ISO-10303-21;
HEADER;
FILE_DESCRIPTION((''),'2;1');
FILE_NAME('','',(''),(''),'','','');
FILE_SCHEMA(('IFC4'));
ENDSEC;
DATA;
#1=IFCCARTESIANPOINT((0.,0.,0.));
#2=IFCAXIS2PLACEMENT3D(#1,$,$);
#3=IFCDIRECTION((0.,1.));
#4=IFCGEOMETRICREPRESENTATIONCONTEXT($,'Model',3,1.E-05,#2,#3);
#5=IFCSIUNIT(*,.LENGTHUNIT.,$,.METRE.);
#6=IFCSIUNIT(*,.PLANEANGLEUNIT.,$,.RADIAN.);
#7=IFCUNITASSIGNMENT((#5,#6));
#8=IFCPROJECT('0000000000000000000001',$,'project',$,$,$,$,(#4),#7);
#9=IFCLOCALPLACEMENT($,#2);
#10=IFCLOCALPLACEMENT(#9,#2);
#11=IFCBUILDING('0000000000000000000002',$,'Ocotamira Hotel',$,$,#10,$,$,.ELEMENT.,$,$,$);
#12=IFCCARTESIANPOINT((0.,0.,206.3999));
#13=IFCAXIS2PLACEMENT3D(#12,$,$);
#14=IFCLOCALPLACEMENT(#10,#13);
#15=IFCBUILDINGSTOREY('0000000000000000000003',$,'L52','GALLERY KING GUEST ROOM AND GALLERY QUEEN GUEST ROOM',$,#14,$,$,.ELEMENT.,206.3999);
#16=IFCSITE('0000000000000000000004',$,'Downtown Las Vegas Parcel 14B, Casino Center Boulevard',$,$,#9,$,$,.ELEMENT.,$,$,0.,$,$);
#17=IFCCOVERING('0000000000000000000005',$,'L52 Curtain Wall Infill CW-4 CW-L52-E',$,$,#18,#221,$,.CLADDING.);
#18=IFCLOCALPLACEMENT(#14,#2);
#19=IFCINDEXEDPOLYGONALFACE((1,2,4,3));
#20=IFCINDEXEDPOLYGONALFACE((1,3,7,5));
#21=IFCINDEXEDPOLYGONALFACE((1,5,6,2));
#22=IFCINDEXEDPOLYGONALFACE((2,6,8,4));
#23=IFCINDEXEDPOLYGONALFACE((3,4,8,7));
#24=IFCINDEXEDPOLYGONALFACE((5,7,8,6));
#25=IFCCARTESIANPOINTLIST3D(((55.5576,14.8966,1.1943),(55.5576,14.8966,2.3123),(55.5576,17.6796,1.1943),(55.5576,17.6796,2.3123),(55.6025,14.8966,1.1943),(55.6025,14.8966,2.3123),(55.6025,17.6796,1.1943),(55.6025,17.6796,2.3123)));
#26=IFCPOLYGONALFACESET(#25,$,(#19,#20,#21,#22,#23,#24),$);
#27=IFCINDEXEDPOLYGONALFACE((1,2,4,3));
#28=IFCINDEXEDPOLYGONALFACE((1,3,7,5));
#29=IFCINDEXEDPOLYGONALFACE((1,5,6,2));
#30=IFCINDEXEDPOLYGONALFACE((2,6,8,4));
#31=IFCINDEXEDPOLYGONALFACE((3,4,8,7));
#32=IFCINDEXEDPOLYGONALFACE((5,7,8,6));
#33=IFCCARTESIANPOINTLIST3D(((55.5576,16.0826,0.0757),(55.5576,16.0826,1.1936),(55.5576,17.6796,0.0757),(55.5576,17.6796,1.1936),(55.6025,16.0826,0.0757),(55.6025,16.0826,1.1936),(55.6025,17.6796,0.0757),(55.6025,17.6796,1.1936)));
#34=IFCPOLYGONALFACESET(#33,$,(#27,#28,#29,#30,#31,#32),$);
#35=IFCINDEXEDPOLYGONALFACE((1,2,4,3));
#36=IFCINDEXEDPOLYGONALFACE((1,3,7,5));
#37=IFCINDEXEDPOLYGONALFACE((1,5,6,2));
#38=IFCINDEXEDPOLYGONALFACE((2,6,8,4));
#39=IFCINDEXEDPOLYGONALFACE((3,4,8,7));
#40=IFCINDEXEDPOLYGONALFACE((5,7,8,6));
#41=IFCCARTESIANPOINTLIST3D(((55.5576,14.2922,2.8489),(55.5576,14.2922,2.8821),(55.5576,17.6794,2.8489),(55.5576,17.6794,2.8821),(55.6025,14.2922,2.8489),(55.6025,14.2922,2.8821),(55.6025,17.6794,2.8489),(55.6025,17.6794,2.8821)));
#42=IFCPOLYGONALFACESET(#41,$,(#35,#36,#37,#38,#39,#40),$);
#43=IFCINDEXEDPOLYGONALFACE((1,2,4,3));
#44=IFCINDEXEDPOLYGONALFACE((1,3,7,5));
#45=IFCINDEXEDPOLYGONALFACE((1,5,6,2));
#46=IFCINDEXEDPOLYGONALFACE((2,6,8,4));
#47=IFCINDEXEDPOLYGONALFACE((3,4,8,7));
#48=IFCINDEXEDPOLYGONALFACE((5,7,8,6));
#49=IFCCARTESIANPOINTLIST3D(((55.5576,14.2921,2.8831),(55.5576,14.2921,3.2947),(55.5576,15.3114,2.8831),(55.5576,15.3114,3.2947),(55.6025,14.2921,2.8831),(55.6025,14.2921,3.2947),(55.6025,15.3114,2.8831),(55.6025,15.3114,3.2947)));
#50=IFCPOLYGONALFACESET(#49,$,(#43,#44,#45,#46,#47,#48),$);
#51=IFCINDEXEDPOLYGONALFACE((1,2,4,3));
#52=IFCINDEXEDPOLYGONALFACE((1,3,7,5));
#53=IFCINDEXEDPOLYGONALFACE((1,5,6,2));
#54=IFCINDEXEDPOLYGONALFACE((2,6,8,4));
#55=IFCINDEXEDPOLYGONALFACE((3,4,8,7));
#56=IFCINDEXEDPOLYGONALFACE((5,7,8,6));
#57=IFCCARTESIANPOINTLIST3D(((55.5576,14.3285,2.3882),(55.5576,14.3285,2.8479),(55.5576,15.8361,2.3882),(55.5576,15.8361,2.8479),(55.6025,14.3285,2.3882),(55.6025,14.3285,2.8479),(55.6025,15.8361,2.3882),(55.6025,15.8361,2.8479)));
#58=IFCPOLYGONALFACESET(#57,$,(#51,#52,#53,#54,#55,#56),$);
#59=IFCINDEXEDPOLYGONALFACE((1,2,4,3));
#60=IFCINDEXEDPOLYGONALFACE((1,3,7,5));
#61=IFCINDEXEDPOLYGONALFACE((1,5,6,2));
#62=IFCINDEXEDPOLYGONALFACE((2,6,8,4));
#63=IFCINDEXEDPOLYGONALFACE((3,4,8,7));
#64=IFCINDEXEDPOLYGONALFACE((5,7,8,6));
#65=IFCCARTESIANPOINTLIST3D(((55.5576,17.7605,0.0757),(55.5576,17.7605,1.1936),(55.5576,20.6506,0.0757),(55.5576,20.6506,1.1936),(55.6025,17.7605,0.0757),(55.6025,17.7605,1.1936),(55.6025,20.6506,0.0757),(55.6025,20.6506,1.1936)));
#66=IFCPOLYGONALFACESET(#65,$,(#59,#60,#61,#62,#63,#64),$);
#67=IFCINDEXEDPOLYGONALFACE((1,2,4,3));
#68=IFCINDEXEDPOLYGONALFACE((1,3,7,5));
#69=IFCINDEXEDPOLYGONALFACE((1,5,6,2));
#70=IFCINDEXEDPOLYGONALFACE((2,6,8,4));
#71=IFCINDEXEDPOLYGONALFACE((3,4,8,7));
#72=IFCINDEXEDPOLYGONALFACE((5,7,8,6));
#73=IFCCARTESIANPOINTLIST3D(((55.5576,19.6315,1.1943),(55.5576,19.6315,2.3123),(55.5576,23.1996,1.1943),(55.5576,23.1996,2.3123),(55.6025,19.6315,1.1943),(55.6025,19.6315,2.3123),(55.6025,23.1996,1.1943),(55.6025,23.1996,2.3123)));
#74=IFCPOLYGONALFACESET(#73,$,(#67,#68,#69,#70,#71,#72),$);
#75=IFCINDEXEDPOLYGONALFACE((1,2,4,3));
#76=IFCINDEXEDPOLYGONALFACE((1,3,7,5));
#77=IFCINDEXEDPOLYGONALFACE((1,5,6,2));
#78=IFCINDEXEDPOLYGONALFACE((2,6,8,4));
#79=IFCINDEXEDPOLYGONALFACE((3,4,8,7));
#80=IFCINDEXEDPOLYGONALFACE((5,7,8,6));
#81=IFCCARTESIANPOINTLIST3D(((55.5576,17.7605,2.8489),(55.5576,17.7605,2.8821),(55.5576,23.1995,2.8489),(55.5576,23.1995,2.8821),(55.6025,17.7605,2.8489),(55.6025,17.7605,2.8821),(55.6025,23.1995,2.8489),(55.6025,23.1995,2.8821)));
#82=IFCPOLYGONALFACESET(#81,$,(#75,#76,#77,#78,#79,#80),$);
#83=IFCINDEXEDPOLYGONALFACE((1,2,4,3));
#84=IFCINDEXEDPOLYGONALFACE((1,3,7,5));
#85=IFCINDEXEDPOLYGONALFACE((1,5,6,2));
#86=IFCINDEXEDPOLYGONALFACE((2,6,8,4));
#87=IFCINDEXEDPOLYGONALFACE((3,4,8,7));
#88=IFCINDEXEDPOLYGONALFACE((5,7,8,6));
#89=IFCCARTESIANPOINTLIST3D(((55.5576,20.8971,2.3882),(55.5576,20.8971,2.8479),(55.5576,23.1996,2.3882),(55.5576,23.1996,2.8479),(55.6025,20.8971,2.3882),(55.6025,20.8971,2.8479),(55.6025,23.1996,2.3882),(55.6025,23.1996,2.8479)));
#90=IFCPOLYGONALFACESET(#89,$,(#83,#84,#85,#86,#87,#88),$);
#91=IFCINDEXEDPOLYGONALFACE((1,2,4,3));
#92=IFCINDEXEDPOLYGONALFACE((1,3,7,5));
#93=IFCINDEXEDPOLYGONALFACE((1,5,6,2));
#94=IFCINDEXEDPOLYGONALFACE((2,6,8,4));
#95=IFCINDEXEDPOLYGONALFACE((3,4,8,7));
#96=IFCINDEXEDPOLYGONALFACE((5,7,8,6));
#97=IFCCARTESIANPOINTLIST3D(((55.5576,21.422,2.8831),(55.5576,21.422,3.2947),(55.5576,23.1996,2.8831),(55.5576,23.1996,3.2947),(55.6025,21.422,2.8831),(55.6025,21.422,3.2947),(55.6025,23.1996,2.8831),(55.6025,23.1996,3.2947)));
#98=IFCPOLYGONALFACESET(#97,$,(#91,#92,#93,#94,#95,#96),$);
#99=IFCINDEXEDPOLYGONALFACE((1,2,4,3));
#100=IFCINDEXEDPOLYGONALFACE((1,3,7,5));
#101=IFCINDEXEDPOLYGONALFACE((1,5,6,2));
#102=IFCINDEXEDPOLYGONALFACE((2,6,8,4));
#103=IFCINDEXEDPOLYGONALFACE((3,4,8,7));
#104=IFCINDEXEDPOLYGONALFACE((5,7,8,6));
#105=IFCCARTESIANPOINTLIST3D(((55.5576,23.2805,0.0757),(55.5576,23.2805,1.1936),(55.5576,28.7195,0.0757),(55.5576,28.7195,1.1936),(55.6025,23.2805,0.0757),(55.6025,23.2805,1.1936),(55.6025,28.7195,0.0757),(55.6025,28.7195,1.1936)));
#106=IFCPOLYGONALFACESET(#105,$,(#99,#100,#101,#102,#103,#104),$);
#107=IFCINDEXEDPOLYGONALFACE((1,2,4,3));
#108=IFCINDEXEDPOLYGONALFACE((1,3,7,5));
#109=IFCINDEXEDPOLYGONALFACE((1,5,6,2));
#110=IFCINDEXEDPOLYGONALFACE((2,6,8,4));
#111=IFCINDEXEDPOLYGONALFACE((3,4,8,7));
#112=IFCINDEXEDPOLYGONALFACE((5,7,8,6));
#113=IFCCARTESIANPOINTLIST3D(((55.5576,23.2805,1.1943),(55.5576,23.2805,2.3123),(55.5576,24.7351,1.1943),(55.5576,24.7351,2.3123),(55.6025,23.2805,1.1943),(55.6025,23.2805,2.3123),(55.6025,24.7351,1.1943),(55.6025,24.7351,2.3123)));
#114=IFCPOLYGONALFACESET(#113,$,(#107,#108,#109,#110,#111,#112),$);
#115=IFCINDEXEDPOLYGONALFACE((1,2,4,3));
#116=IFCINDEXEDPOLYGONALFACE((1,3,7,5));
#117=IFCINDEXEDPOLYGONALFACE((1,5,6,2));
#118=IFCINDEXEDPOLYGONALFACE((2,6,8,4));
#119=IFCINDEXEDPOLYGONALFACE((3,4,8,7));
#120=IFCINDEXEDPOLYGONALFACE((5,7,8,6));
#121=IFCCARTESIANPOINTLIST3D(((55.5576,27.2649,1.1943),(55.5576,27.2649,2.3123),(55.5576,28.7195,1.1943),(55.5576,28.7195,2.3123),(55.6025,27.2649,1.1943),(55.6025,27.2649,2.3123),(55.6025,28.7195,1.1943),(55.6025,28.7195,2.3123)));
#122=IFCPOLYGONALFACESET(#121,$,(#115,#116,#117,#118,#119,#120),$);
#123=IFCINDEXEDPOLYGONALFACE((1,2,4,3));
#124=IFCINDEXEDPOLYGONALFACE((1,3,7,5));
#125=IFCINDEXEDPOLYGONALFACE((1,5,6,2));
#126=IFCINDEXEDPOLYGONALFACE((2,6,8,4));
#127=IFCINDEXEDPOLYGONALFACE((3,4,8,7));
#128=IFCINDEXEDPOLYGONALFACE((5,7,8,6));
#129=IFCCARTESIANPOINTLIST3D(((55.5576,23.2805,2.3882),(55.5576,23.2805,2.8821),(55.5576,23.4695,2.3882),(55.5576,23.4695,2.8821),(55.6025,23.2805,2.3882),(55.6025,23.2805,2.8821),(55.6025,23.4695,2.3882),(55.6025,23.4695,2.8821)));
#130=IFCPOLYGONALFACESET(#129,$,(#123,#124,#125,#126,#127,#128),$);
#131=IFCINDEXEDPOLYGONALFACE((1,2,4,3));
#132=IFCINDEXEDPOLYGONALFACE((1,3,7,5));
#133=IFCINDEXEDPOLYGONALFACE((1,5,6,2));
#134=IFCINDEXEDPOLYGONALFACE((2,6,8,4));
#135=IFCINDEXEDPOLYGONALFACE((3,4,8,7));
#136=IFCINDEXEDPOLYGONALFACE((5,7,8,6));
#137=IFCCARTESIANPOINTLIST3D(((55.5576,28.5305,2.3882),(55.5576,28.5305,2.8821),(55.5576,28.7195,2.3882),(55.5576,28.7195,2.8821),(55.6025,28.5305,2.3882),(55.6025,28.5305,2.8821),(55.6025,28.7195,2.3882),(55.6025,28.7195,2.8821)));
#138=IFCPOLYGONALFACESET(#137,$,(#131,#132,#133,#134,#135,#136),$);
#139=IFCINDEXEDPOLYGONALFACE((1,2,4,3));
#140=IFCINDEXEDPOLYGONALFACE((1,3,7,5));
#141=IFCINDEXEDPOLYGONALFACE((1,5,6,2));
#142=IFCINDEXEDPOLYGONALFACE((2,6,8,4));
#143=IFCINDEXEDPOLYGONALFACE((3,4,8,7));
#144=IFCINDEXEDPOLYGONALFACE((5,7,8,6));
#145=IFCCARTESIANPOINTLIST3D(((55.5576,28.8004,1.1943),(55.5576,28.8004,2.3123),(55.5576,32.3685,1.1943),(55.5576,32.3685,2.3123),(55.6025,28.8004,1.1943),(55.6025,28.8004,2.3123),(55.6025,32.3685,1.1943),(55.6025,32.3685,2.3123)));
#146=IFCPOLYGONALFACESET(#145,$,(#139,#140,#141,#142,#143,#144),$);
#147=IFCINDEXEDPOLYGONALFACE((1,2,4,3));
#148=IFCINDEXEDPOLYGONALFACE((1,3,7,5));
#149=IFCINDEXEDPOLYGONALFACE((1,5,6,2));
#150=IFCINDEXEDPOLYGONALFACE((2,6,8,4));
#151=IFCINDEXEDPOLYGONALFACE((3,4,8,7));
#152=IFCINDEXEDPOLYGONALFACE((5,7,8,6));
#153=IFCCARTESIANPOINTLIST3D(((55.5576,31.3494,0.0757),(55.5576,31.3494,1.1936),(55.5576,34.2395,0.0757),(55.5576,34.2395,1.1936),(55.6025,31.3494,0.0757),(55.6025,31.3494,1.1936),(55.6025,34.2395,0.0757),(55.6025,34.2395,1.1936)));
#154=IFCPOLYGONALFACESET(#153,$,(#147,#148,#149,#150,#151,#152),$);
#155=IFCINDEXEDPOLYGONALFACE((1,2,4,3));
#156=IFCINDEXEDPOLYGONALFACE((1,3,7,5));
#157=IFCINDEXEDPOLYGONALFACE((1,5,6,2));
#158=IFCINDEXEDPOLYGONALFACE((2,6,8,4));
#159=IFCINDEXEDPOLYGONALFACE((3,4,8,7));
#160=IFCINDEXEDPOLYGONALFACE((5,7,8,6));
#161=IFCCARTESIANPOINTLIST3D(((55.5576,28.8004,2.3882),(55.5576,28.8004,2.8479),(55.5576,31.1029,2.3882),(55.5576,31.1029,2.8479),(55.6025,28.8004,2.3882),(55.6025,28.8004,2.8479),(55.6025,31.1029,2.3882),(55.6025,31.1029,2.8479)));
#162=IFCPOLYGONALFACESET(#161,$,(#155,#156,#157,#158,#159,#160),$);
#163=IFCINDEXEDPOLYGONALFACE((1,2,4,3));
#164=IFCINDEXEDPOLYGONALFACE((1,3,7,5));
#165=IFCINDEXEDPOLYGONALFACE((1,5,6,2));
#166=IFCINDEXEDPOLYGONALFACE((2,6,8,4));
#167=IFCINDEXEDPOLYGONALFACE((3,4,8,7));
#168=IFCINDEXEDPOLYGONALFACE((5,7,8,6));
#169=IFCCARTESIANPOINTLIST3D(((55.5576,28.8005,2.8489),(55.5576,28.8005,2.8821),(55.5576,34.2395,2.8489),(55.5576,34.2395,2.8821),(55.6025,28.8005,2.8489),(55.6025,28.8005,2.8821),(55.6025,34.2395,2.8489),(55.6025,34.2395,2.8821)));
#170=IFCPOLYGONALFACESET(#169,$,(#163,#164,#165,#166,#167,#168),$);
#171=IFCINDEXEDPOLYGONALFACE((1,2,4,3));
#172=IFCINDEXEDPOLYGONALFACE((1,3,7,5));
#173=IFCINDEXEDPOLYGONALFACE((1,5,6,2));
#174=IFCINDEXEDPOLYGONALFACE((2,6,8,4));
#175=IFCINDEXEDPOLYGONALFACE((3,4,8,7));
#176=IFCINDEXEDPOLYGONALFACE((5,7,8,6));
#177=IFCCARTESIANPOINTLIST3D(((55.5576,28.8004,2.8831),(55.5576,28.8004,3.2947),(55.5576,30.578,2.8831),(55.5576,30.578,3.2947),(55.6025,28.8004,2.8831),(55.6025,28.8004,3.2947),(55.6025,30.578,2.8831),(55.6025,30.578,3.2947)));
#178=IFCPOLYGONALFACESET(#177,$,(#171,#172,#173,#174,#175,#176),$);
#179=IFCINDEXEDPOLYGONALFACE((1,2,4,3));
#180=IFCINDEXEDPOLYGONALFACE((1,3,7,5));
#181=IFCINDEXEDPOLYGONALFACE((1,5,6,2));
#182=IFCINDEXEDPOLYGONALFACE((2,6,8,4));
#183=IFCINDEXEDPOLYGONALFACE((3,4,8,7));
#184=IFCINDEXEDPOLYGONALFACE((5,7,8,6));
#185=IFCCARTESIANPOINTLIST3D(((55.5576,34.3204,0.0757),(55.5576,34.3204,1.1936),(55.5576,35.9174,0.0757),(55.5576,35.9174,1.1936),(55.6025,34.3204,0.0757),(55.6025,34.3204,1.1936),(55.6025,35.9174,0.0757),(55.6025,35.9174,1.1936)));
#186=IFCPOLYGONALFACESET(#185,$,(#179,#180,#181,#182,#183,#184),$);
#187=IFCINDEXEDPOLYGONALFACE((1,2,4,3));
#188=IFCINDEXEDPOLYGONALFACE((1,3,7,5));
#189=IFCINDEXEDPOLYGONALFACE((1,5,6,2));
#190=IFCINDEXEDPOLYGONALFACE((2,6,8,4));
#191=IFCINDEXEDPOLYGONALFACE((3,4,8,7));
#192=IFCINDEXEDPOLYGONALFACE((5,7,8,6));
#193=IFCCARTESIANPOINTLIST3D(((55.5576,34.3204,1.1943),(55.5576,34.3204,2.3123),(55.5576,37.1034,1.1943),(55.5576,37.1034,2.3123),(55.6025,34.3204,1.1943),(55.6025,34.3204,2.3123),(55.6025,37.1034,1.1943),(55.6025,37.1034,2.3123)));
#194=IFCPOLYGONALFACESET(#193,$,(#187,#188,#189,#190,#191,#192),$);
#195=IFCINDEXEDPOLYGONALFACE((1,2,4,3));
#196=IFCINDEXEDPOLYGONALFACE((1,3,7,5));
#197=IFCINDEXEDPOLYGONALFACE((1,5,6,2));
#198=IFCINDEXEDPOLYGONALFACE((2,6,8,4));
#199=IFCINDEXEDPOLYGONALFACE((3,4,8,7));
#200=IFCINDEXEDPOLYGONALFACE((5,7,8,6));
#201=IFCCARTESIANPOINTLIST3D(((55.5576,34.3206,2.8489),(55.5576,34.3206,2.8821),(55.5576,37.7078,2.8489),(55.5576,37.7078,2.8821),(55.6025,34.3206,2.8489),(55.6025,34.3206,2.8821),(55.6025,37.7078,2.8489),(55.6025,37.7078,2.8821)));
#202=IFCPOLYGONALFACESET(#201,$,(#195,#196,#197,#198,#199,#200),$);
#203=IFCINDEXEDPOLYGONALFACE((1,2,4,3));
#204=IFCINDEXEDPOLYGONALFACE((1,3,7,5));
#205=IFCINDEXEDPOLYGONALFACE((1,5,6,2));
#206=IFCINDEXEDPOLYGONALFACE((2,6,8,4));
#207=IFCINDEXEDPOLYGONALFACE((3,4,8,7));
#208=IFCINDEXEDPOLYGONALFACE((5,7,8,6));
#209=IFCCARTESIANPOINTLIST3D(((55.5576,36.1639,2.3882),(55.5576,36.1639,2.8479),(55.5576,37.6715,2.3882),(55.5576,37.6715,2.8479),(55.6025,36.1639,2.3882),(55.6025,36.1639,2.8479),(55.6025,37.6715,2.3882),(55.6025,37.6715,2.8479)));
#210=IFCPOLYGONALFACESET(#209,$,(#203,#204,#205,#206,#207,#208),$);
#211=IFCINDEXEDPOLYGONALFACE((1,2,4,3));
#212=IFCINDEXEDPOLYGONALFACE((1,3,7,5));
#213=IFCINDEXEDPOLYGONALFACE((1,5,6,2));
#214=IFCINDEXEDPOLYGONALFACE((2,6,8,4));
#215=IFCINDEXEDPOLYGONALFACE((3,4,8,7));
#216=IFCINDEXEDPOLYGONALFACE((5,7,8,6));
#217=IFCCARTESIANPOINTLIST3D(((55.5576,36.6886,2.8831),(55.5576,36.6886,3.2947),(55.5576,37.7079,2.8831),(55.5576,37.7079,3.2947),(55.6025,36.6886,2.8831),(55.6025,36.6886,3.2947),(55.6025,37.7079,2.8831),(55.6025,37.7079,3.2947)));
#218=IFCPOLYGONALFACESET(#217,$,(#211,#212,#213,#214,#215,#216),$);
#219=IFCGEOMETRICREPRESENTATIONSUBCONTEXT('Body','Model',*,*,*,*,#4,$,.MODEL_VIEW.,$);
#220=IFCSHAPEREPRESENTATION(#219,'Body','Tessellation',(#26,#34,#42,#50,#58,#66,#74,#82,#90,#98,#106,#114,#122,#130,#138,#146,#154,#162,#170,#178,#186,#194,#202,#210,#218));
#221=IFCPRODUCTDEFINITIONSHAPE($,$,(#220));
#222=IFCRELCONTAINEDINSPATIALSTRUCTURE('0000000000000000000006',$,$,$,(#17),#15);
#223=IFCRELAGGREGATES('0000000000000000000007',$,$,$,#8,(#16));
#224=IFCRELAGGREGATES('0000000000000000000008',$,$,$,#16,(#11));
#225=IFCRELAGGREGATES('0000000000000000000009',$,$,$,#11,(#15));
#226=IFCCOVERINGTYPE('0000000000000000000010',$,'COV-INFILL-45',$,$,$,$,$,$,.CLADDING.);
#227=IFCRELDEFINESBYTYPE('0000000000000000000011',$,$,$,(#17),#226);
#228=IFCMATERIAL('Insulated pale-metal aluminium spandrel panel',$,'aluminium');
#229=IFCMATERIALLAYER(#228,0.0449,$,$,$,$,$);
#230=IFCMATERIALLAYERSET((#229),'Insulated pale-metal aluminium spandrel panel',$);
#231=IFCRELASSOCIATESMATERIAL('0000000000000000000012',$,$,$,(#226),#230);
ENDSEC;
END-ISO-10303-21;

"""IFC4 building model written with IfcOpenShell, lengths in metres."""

from ifc_helpers import new_model, si_unit, direction, frame, origin, origin_2d, place, context, subcontext, project, spatial, rectangle, extrude, material, layer, layer_set, type_object, element, save


model = new_model("IFC4")

# Units and contexts
model_context = context("Model", 3, precision=1e-05, world=origin(), true_north=direction((0.0, 1.0)))
body_context = subcontext(model_context, "Body", "Model", "MODEL_VIEW")
ifc_project = project(units=[si_unit("LENGTHUNIT", "METRE"), si_unit("PLANEANGLEUNIT", "RADIAN")], contexts=[model_context])

# Site, building, storey
site_placement = place(None, origin())
site = spatial("IfcSite", under=ifc_project, at=site_placement, Name="Downtown Las Vegas Parcel 14B, Casino Center Boulevard", CompositionType="ELEMENT", RefElevation=0.0)
building_placement = place(site_placement, origin())
building = spatial("IfcBuilding", under=site, at=building_placement, Name="Ocotamira Hotel", CompositionType="ELEMENT")
storey_placement = place(building_placement, frame((0.0, 0.0, 206.3999)))
storey = spatial("IfcBuildingStorey", under=building, at=storey_placement, Name="L52", Description="GALLERY KING GUEST ROOM AND GALLERY QUEEN GUEST ROOM", CompositionType="ELEMENT", Elevation=206.3999)

# Covering
ifc_material_1 = material(Name="Insulated pale-metal aluminium spandrel panel", Category="aluminium")
ifc_layer_1 = layer(ifc_material_1, 0.0449)
ifc_layer_set_1 = layer_set([ifc_layer_1], Name="Insulated pale-metal aluminium spandrel panel")
covering_type_1 = type_object("IfcCoveringType", Name="COV-INFILL-45", PredefinedType="CLADDING", material=ifc_layer_set_1)
covering_1_placement = place(storey_placement, origin())
element("IfcCovering", 1, at=covering_1_placement, inside=storey, type_object=covering_type_1, Name="L52 Curtain Wall Infill CW-4 CW-L52-E", PredefinedType="CLADDING", context=body_context, shape_type="SweptSolid", body=[
    extrude(rectangle(XDim=2.783, YDim=0.0449, at=origin_2d()), frame((55.5801, 16.2881, 1.1943), z_axis=(0.0, 0.0, 1.0), x_axis=(0.0, 1.0, 0.0)), (0.0, 0.0, 1.0), 1.1179),
    extrude(rectangle(XDim=1.5969, YDim=0.0449, at=origin_2d()), frame((55.5801, 16.8811, 0.0757), z_axis=(0.0, 0.0, 1.0), x_axis=(0.0, 1.0, 0.0)), (0.0, 0.0, 1.0), 1.1179),
    extrude(rectangle(XDim=3.3872, YDim=0.0449, at=origin_2d()), frame((55.5801, 15.9858, 2.8489), z_axis=(0.0, 0.0, 1.0), x_axis=(0.0, 1.0, 0.0)), (0.0, 0.0, 1.0), 0.0332),
    extrude(rectangle(XDim=1.0193, YDim=0.0449, at=origin_2d()), frame((55.5801, 14.8018, 2.8831), z_axis=(0.0, 0.0, 1.0), x_axis=(0.0, 1.0, 0.0)), (0.0, 0.0, 1.0), 0.4116),
    extrude(rectangle(XDim=1.5076, YDim=0.0449, at=origin_2d()), frame((55.5801, 15.0823, 2.3882), z_axis=(0.0, 0.0, 1.0), x_axis=(0.0, 1.0, 0.0)), (0.0, 0.0, 1.0), 0.4597),
    extrude(rectangle(XDim=2.8901, YDim=0.0449, at=origin_2d()), frame((55.5801, 19.2056, 0.0757), z_axis=(0.0, 0.0, 1.0), x_axis=(0.0, 1.0, 0.0)), (0.0, 0.0, 1.0), 1.1179),
    extrude(rectangle(XDim=3.5681, YDim=0.0449, at=origin_2d()), frame((55.5801, 21.4155, 1.1943), z_axis=(0.0, 0.0, 1.0), x_axis=(0.0, 1.0, 0.0)), (0.0, 0.0, 1.0), 1.1179),
    extrude(rectangle(XDim=5.439, YDim=0.0449, at=origin_2d()), frame((55.5801, 20.48, 2.8489), z_axis=(0.0, 0.0, 1.0), x_axis=(0.0, 1.0, 0.0)), (0.0, 0.0, 1.0), 0.0332),
    extrude(rectangle(XDim=2.3025, YDim=0.0449, at=origin_2d()), frame((55.5801, 22.0483, 2.3882), z_axis=(0.0, 0.0, 1.0), x_axis=(0.0, 1.0, 0.0)), (0.0, 0.0, 1.0), 0.4597),
    extrude(rectangle(XDim=1.7776, YDim=0.0449, at=origin_2d()), frame((55.5801, 22.3108, 2.8831), z_axis=(0.0, 0.0, 1.0), x_axis=(0.0, 1.0, 0.0)), (0.0, 0.0, 1.0), 0.4116),
    extrude(rectangle(XDim=5.439, YDim=0.0449, at=origin_2d()), frame((55.5801, 26.0, 0.0757), z_axis=(0.0, 0.0, 1.0), x_axis=(0.0, 1.0, 0.0)), (0.0, 0.0, 1.0), 1.1179),
    extrude(rectangle(XDim=1.4546, YDim=0.0449, at=origin_2d()), frame((55.5801, 24.0078, 1.1943), z_axis=(0.0, 0.0, 1.0), x_axis=(0.0, 1.0, 0.0)), (0.0, 0.0, 1.0), 1.1179),
    extrude(rectangle(XDim=1.4546, YDim=0.0449, at=origin_2d()), frame((55.5801, 27.9922, 1.1943), z_axis=(0.0, 0.0, 1.0), x_axis=(0.0, 1.0, 0.0)), (0.0, 0.0, 1.0), 1.1179),
    extrude(rectangle(XDim=0.189, YDim=0.0449, at=origin_2d()), frame((55.5801, 23.375, 2.3882), z_axis=(0.0, 0.0, 1.0), x_axis=(0.0, 1.0, 0.0)), (0.0, 0.0, 1.0), 0.4939),
    extrude(rectangle(XDim=0.189, YDim=0.0449, at=origin_2d()), frame((55.5801, 28.625, 2.3882), z_axis=(0.0, 0.0, 1.0), x_axis=(0.0, 1.0, 0.0)), (0.0, 0.0, 1.0), 0.4939),
    extrude(rectangle(XDim=3.5681, YDim=0.0449, at=origin_2d()), frame((55.5801, 30.5845, 1.1943), z_axis=(0.0, 0.0, 1.0), x_axis=(0.0, 1.0, 0.0)), (0.0, 0.0, 1.0), 1.1179),
    extrude(rectangle(XDim=2.8901, YDim=0.0449, at=origin_2d()), frame((55.5801, 32.7944, 0.0757), z_axis=(0.0, 0.0, 1.0), x_axis=(0.0, 1.0, 0.0)), (0.0, 0.0, 1.0), 1.1179),
    extrude(rectangle(XDim=2.3025, YDim=0.0449, at=origin_2d()), frame((55.5801, 29.9517, 2.3882), z_axis=(0.0, 0.0, 1.0), x_axis=(0.0, 1.0, 0.0)), (0.0, 0.0, 1.0), 0.4597),
    extrude(rectangle(XDim=5.439, YDim=0.0449, at=origin_2d()), frame((55.5801, 31.52, 2.8489), z_axis=(0.0, 0.0, 1.0), x_axis=(0.0, 1.0, 0.0)), (0.0, 0.0, 1.0), 0.0332),
    extrude(rectangle(XDim=1.7776, YDim=0.0449, at=origin_2d()), frame((55.5801, 29.6892, 2.8831), z_axis=(0.0, 0.0, 1.0), x_axis=(0.0, 1.0, 0.0)), (0.0, 0.0, 1.0), 0.4116),
    extrude(rectangle(XDim=1.5969, YDim=0.0449, at=origin_2d()), frame((55.5801, 35.1189, 0.0757), z_axis=(0.0, 0.0, 1.0), x_axis=(0.0, 1.0, 0.0)), (0.0, 0.0, 1.0), 1.1179),
    extrude(rectangle(XDim=2.783, YDim=0.0449, at=origin_2d()), frame((55.5801, 35.7119, 1.1943), z_axis=(0.0, 0.0, 1.0), x_axis=(0.0, 1.0, 0.0)), (0.0, 0.0, 1.0), 1.1179),
    extrude(rectangle(XDim=3.3872, YDim=0.0449, at=origin_2d()), frame((55.5801, 36.0142, 2.8489), z_axis=(0.0, 0.0, 1.0), x_axis=(0.0, 1.0, 0.0)), (0.0, 0.0, 1.0), 0.0332),
    extrude(rectangle(XDim=1.5076, YDim=0.0449, at=origin_2d()), frame((55.5801, 36.9177, 2.3882), z_axis=(0.0, 0.0, 1.0), x_axis=(0.0, 1.0, 0.0)), (0.0, 0.0, 1.0), 0.4597),
    extrude(rectangle(XDim=1.0193, YDim=0.0449, at=origin_2d()), frame((55.5801, 37.1982, 2.8831), z_axis=(0.0, 0.0, 1.0), x_axis=(0.0, 1.0, 0.0)), (0.0, 0.0, 1.0), 0.4116),
])

save(model, "model.ifc")
